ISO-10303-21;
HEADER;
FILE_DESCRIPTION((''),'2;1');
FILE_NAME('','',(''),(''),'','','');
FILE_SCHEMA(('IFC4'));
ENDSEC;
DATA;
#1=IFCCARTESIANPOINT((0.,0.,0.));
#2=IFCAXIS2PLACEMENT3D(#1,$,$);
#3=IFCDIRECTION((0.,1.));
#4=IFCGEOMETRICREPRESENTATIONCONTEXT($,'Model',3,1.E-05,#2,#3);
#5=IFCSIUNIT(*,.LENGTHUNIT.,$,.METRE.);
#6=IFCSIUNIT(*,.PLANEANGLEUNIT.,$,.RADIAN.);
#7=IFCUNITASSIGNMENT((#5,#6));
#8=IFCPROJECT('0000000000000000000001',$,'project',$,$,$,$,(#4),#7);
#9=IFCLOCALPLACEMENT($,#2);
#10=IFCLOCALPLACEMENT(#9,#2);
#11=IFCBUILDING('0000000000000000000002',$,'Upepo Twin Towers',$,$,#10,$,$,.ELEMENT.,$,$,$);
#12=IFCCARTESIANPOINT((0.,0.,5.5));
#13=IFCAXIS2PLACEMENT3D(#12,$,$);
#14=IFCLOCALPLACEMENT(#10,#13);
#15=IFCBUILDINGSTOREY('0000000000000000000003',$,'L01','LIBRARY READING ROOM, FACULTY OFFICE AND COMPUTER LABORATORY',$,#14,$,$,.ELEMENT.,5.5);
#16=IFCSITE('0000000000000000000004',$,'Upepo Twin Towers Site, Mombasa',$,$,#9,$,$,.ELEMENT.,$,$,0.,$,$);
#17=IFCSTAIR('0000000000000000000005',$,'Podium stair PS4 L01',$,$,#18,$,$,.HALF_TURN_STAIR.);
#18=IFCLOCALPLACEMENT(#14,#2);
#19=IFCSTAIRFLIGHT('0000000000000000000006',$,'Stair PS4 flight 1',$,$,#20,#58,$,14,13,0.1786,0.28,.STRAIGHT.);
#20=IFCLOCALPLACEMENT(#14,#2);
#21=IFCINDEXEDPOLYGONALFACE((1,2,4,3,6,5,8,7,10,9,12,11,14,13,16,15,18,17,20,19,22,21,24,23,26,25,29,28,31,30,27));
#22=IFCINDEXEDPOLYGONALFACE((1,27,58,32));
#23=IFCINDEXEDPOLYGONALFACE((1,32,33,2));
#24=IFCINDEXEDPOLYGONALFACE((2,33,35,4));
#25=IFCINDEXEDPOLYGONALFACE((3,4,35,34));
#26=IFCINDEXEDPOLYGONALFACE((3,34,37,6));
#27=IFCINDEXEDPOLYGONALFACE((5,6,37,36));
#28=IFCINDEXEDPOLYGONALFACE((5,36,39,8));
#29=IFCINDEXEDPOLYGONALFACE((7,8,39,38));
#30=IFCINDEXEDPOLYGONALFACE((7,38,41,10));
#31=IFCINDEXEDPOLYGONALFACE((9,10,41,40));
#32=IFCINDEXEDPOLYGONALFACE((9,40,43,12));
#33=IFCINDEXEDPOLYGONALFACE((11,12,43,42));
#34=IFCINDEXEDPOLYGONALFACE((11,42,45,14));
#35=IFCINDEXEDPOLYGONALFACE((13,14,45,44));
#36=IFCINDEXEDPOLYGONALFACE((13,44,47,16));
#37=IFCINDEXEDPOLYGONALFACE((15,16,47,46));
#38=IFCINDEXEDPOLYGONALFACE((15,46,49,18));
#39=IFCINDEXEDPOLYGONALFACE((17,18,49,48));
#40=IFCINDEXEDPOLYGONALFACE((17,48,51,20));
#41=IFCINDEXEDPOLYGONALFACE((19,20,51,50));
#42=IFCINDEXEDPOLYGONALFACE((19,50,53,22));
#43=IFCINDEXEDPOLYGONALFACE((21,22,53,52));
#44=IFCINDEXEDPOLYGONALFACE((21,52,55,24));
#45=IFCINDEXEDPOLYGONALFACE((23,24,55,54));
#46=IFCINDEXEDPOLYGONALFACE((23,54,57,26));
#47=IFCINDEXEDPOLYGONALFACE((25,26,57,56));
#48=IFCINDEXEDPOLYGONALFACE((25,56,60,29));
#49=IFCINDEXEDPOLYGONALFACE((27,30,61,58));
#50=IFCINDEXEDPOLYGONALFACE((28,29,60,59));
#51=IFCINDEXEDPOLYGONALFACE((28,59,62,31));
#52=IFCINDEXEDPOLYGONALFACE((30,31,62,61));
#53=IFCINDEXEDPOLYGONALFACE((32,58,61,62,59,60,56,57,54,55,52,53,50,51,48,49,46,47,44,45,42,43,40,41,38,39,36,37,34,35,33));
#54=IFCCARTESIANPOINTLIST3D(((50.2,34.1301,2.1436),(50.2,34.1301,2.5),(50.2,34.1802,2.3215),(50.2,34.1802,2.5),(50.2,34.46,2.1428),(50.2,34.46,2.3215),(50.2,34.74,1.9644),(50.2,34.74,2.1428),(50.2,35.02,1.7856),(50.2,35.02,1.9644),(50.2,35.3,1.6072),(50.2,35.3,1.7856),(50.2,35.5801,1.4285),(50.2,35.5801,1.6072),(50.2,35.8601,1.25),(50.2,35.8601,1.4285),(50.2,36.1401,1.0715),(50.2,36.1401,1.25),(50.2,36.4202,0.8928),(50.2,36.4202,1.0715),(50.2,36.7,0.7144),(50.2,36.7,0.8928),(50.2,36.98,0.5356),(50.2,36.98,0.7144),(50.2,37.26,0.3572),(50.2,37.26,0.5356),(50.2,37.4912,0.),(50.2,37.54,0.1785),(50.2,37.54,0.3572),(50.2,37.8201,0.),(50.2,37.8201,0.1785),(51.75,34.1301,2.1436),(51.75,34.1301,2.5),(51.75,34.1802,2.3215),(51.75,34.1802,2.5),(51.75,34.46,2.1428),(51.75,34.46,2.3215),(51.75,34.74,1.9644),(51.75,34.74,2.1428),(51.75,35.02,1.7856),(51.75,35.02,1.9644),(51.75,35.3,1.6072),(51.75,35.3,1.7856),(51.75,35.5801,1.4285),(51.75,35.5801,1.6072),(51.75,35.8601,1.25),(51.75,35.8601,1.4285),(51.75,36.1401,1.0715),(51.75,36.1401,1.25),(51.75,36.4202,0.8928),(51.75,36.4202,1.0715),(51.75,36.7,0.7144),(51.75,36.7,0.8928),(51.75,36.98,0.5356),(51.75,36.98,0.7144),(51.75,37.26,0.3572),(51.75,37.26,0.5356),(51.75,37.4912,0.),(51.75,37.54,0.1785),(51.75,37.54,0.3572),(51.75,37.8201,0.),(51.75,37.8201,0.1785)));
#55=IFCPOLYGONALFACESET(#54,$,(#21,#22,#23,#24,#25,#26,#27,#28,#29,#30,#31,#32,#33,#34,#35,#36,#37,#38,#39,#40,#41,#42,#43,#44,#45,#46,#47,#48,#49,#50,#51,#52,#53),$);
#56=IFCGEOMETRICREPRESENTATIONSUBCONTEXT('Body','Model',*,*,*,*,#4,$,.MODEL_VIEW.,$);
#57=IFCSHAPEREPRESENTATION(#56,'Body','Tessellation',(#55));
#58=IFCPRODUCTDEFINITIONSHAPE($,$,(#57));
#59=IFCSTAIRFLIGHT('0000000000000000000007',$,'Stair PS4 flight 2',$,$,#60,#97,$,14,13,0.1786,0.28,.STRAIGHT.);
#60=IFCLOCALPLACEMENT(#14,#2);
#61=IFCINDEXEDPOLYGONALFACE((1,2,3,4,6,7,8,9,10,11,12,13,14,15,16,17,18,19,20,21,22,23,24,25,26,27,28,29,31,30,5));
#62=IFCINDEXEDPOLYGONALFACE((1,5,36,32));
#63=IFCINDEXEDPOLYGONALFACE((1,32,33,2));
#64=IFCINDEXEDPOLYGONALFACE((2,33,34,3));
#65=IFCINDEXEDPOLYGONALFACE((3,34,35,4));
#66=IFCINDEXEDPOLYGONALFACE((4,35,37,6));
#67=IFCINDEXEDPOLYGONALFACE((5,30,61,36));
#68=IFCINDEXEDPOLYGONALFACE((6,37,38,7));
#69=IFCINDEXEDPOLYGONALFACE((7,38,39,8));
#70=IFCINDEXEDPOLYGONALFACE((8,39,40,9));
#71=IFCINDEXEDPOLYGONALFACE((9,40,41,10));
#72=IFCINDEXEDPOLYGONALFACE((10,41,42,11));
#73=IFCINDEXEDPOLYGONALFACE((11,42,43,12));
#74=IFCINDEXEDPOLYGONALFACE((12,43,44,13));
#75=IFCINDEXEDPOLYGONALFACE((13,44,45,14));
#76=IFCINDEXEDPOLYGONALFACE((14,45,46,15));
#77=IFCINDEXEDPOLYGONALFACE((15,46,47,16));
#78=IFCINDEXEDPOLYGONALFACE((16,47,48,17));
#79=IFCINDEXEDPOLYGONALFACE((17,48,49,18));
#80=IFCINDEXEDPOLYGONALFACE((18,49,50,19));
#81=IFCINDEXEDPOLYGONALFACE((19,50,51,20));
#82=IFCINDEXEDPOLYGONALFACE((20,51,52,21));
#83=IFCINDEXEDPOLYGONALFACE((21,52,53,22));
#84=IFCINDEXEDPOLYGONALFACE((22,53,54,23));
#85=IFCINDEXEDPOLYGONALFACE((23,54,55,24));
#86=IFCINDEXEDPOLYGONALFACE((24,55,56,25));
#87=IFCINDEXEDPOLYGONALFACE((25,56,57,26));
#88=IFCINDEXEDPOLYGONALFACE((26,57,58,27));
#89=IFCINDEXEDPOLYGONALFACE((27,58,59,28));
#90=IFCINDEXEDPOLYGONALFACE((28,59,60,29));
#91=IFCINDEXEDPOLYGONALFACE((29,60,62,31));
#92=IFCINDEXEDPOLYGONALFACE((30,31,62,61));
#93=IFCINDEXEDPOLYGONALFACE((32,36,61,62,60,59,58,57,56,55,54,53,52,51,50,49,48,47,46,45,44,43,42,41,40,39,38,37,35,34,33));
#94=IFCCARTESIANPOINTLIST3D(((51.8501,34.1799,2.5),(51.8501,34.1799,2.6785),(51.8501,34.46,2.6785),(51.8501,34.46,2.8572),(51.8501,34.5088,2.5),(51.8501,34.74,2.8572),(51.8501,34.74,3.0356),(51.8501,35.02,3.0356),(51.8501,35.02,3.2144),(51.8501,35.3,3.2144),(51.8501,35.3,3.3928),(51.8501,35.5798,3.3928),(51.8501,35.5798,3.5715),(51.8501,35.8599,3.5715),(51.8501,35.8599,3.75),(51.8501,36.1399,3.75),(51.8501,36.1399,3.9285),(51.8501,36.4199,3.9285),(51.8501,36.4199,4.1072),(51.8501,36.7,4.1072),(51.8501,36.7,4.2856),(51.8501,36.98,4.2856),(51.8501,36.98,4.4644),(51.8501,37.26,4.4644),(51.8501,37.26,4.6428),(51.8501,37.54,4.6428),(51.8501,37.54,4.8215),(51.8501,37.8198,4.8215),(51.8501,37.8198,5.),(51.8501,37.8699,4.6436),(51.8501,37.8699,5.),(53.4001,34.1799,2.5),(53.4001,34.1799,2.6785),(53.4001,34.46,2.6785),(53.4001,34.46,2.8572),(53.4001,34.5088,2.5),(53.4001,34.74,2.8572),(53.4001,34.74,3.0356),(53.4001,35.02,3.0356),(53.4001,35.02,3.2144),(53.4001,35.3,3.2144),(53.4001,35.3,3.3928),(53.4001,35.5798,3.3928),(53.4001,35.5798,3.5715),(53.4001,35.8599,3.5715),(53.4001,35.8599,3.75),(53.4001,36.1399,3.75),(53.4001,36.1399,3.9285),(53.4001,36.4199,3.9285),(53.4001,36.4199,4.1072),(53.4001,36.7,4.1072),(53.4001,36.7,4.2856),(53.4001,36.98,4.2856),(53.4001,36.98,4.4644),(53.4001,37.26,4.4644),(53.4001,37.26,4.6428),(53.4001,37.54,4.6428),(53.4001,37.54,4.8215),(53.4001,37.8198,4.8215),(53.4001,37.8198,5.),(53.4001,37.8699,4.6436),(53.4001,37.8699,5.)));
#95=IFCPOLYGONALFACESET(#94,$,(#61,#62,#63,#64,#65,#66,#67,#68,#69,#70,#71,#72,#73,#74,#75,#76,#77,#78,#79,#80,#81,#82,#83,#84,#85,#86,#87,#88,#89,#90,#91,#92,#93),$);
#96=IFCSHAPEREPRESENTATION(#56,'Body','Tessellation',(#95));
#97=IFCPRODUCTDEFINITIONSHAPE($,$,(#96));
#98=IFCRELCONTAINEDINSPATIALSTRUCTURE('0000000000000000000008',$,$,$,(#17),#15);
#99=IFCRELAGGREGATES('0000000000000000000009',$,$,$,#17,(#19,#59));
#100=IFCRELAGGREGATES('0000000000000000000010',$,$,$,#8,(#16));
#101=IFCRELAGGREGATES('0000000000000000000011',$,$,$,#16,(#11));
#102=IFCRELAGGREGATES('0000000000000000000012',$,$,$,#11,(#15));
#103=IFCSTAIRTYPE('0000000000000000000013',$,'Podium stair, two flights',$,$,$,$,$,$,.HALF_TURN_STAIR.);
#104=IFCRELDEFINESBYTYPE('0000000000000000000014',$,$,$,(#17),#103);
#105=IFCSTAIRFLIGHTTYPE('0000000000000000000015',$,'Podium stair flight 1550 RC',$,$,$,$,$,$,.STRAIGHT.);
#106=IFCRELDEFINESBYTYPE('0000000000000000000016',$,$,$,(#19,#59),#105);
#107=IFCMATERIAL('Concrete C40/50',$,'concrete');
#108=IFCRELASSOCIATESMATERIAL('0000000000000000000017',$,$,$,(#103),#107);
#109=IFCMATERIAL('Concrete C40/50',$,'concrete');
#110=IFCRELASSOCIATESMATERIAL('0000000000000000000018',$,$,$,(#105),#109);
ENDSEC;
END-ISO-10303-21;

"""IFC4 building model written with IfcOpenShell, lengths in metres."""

from ifc_helpers import new_model, si_unit, direction, frame, origin, place, context, subcontext, project, spatial, polyline, outline, extrude, material, type_object, element, aggregate, save


model = new_model("IFC4")

# Units and contexts
model_context = context("Model", 3, precision=1e-05, world=origin(), true_north=direction((0.0, 1.0)))
body_context = subcontext(model_context, "Body", "Model", "MODEL_VIEW")
ifc_project = project(units=[si_unit("LENGTHUNIT", "METRE"), si_unit("PLANEANGLEUNIT", "RADIAN")], contexts=[model_context])

# Site, building, storey
site_placement = place(None, origin())
site = spatial("IfcSite", under=ifc_project, at=site_placement, Name="Upepo Twin Towers Site, Mombasa", CompositionType="ELEMENT", RefElevation=0.0)
building_placement = place(site_placement, origin())
building = spatial("IfcBuilding", under=site, at=building_placement, Name="Upepo Twin Towers", CompositionType="ELEMENT")
storey_placement = place(building_placement, frame((0.0, 0.0, 5.5)))
storey = spatial("IfcBuildingStorey", under=building, at=storey_placement, Name="L01", Description="LIBRARY READING ROOM, FACULTY OFFICE AND COMPUTER LABORATORY", CompositionType="ELEMENT", Elevation=5.5)

# Stair, stair flights
ifc_material_1 = material(Name="Concrete C40/50", Category="concrete")
stair_type = type_object("IfcStairType", Name="Podium stair, two flights", PredefinedType="HALF_TURN_STAIR", material=ifc_material_1)
stair_placement = place(storey_placement, origin())
stair = element("IfcStair", 1, at=stair_placement, inside=storey, type_object=stair_type, Name="Podium stair PS4 L01", PredefinedType="HALF_TURN_STAIR")
ifc_material_2 = material(Name="Concrete C40/50", Category="concrete")
stair_flight_type = type_object("IfcStairFlightType", Name="Podium stair flight 1550 RC", PredefinedType="STRAIGHT", material=ifc_material_2)
stair_flight_1_placement = place(storey_placement, frame((50.9751, 37.8201, 0.0), z_axis=(0.0, 0.0, 1.0), x_axis=(0.0, -1.0, 0.0)))
stair_flight_1 = element("IfcStairFlight", 2, at=stair_flight_1_placement, type_object=stair_flight_type, Name="Stair PS4 flight 1", NumberOfRisers=14, NumberOfTreads=13, PredefinedType="STRAIGHT", RiserHeight=0.1786, TreadLength=0.28, context=body_context, shape_type="SweptSolid", body=[
    extrude(outline(polyline([(0.0, 0.0), (0.0, 0.1785), (0.28, 0.1785), (0.28, 0.3572), (0.5601, 0.3572), (0.5601, 0.5356), (0.8401, 0.5356), (0.8401, 0.7144), (1.1201, 0.7144), (1.1201, 0.8928), (1.3999, 0.8928), (1.3999, 1.0715), (1.6799, 1.0715), (1.6799, 1.25), (1.96, 1.25), (1.96, 1.4285), (2.24, 1.4285), (2.24, 1.6072), (2.52, 1.6072), (2.52, 1.7856), (2.8, 1.7856), (2.8, 1.9644), (3.0801, 1.9644), (3.0801, 2.1428), (3.3601, 2.1428), (3.3601, 2.3215), (3.6399, 2.3215), (3.6399, 2.5), (3.6899, 2.5), (3.6899, 2.1436), (0.3289, 0.0), (0.0, 0.0)])), frame((0.0, 0.7749, 0.0), z_axis=(0.0, -1.0, 0.0), x_axis=(1.0, 0.0, 0.0)), (0.0, 0.0, 1.0), 1.55),
])
stair_flight_2_placement = place(storey_placement, frame((52.625, 34.1799, 2.5), z_axis=(0.0, 0.0, 1.0), x_axis=(0.0, 1.0, 0.0)))
stair_flight_2 = element("IfcStairFlight", 3, at=stair_flight_2_placement, type_object=stair_flight_type, Name="Stair PS4 flight 2", NumberOfRisers=14, NumberOfTreads=13, PredefinedType="STRAIGHT", RiserHeight=0.1786, TreadLength=0.28, context=body_context, shape_type="SweptSolid", body=[
    extrude(outline(polyline([(0.0, 0.0), (0.0, 0.1785), (0.28, 0.1785), (0.28, 0.3572), (0.5601, 0.3572), (0.5601, 0.5356), (0.8401, 0.5356), (0.8401, 0.7144), (1.1201, 0.7144), (1.1201, 0.8928), (1.3999, 0.8928), (1.3999, 1.0715), (1.6799, 1.0715), (1.6799, 1.25), (1.96, 1.25), (1.96, 1.4285), (2.24, 1.4285), (2.24, 1.6072), (2.52, 1.6072), (2.52, 1.7856), (2.8, 1.7856), (2.8, 1.9644), (3.0801, 1.9644), (3.0801, 2.1428), (3.3601, 2.1428), (3.3601, 2.3215), (3.6399, 2.3215), (3.6399, 2.5), (3.6899, 2.5), (3.6899, 2.1436), (0.3289, 0.0), (0.0, 0.0)])), frame((0.0, 0.7749, 0.0), z_axis=(0.0, -1.0, 0.0), x_axis=(1.0, 0.0, 0.0)), (0.0, 0.0, 1.0), 1.55),
])
aggregate(stair, [stair_flight_1, stair_flight_2])

save(model, "model.ifc")
